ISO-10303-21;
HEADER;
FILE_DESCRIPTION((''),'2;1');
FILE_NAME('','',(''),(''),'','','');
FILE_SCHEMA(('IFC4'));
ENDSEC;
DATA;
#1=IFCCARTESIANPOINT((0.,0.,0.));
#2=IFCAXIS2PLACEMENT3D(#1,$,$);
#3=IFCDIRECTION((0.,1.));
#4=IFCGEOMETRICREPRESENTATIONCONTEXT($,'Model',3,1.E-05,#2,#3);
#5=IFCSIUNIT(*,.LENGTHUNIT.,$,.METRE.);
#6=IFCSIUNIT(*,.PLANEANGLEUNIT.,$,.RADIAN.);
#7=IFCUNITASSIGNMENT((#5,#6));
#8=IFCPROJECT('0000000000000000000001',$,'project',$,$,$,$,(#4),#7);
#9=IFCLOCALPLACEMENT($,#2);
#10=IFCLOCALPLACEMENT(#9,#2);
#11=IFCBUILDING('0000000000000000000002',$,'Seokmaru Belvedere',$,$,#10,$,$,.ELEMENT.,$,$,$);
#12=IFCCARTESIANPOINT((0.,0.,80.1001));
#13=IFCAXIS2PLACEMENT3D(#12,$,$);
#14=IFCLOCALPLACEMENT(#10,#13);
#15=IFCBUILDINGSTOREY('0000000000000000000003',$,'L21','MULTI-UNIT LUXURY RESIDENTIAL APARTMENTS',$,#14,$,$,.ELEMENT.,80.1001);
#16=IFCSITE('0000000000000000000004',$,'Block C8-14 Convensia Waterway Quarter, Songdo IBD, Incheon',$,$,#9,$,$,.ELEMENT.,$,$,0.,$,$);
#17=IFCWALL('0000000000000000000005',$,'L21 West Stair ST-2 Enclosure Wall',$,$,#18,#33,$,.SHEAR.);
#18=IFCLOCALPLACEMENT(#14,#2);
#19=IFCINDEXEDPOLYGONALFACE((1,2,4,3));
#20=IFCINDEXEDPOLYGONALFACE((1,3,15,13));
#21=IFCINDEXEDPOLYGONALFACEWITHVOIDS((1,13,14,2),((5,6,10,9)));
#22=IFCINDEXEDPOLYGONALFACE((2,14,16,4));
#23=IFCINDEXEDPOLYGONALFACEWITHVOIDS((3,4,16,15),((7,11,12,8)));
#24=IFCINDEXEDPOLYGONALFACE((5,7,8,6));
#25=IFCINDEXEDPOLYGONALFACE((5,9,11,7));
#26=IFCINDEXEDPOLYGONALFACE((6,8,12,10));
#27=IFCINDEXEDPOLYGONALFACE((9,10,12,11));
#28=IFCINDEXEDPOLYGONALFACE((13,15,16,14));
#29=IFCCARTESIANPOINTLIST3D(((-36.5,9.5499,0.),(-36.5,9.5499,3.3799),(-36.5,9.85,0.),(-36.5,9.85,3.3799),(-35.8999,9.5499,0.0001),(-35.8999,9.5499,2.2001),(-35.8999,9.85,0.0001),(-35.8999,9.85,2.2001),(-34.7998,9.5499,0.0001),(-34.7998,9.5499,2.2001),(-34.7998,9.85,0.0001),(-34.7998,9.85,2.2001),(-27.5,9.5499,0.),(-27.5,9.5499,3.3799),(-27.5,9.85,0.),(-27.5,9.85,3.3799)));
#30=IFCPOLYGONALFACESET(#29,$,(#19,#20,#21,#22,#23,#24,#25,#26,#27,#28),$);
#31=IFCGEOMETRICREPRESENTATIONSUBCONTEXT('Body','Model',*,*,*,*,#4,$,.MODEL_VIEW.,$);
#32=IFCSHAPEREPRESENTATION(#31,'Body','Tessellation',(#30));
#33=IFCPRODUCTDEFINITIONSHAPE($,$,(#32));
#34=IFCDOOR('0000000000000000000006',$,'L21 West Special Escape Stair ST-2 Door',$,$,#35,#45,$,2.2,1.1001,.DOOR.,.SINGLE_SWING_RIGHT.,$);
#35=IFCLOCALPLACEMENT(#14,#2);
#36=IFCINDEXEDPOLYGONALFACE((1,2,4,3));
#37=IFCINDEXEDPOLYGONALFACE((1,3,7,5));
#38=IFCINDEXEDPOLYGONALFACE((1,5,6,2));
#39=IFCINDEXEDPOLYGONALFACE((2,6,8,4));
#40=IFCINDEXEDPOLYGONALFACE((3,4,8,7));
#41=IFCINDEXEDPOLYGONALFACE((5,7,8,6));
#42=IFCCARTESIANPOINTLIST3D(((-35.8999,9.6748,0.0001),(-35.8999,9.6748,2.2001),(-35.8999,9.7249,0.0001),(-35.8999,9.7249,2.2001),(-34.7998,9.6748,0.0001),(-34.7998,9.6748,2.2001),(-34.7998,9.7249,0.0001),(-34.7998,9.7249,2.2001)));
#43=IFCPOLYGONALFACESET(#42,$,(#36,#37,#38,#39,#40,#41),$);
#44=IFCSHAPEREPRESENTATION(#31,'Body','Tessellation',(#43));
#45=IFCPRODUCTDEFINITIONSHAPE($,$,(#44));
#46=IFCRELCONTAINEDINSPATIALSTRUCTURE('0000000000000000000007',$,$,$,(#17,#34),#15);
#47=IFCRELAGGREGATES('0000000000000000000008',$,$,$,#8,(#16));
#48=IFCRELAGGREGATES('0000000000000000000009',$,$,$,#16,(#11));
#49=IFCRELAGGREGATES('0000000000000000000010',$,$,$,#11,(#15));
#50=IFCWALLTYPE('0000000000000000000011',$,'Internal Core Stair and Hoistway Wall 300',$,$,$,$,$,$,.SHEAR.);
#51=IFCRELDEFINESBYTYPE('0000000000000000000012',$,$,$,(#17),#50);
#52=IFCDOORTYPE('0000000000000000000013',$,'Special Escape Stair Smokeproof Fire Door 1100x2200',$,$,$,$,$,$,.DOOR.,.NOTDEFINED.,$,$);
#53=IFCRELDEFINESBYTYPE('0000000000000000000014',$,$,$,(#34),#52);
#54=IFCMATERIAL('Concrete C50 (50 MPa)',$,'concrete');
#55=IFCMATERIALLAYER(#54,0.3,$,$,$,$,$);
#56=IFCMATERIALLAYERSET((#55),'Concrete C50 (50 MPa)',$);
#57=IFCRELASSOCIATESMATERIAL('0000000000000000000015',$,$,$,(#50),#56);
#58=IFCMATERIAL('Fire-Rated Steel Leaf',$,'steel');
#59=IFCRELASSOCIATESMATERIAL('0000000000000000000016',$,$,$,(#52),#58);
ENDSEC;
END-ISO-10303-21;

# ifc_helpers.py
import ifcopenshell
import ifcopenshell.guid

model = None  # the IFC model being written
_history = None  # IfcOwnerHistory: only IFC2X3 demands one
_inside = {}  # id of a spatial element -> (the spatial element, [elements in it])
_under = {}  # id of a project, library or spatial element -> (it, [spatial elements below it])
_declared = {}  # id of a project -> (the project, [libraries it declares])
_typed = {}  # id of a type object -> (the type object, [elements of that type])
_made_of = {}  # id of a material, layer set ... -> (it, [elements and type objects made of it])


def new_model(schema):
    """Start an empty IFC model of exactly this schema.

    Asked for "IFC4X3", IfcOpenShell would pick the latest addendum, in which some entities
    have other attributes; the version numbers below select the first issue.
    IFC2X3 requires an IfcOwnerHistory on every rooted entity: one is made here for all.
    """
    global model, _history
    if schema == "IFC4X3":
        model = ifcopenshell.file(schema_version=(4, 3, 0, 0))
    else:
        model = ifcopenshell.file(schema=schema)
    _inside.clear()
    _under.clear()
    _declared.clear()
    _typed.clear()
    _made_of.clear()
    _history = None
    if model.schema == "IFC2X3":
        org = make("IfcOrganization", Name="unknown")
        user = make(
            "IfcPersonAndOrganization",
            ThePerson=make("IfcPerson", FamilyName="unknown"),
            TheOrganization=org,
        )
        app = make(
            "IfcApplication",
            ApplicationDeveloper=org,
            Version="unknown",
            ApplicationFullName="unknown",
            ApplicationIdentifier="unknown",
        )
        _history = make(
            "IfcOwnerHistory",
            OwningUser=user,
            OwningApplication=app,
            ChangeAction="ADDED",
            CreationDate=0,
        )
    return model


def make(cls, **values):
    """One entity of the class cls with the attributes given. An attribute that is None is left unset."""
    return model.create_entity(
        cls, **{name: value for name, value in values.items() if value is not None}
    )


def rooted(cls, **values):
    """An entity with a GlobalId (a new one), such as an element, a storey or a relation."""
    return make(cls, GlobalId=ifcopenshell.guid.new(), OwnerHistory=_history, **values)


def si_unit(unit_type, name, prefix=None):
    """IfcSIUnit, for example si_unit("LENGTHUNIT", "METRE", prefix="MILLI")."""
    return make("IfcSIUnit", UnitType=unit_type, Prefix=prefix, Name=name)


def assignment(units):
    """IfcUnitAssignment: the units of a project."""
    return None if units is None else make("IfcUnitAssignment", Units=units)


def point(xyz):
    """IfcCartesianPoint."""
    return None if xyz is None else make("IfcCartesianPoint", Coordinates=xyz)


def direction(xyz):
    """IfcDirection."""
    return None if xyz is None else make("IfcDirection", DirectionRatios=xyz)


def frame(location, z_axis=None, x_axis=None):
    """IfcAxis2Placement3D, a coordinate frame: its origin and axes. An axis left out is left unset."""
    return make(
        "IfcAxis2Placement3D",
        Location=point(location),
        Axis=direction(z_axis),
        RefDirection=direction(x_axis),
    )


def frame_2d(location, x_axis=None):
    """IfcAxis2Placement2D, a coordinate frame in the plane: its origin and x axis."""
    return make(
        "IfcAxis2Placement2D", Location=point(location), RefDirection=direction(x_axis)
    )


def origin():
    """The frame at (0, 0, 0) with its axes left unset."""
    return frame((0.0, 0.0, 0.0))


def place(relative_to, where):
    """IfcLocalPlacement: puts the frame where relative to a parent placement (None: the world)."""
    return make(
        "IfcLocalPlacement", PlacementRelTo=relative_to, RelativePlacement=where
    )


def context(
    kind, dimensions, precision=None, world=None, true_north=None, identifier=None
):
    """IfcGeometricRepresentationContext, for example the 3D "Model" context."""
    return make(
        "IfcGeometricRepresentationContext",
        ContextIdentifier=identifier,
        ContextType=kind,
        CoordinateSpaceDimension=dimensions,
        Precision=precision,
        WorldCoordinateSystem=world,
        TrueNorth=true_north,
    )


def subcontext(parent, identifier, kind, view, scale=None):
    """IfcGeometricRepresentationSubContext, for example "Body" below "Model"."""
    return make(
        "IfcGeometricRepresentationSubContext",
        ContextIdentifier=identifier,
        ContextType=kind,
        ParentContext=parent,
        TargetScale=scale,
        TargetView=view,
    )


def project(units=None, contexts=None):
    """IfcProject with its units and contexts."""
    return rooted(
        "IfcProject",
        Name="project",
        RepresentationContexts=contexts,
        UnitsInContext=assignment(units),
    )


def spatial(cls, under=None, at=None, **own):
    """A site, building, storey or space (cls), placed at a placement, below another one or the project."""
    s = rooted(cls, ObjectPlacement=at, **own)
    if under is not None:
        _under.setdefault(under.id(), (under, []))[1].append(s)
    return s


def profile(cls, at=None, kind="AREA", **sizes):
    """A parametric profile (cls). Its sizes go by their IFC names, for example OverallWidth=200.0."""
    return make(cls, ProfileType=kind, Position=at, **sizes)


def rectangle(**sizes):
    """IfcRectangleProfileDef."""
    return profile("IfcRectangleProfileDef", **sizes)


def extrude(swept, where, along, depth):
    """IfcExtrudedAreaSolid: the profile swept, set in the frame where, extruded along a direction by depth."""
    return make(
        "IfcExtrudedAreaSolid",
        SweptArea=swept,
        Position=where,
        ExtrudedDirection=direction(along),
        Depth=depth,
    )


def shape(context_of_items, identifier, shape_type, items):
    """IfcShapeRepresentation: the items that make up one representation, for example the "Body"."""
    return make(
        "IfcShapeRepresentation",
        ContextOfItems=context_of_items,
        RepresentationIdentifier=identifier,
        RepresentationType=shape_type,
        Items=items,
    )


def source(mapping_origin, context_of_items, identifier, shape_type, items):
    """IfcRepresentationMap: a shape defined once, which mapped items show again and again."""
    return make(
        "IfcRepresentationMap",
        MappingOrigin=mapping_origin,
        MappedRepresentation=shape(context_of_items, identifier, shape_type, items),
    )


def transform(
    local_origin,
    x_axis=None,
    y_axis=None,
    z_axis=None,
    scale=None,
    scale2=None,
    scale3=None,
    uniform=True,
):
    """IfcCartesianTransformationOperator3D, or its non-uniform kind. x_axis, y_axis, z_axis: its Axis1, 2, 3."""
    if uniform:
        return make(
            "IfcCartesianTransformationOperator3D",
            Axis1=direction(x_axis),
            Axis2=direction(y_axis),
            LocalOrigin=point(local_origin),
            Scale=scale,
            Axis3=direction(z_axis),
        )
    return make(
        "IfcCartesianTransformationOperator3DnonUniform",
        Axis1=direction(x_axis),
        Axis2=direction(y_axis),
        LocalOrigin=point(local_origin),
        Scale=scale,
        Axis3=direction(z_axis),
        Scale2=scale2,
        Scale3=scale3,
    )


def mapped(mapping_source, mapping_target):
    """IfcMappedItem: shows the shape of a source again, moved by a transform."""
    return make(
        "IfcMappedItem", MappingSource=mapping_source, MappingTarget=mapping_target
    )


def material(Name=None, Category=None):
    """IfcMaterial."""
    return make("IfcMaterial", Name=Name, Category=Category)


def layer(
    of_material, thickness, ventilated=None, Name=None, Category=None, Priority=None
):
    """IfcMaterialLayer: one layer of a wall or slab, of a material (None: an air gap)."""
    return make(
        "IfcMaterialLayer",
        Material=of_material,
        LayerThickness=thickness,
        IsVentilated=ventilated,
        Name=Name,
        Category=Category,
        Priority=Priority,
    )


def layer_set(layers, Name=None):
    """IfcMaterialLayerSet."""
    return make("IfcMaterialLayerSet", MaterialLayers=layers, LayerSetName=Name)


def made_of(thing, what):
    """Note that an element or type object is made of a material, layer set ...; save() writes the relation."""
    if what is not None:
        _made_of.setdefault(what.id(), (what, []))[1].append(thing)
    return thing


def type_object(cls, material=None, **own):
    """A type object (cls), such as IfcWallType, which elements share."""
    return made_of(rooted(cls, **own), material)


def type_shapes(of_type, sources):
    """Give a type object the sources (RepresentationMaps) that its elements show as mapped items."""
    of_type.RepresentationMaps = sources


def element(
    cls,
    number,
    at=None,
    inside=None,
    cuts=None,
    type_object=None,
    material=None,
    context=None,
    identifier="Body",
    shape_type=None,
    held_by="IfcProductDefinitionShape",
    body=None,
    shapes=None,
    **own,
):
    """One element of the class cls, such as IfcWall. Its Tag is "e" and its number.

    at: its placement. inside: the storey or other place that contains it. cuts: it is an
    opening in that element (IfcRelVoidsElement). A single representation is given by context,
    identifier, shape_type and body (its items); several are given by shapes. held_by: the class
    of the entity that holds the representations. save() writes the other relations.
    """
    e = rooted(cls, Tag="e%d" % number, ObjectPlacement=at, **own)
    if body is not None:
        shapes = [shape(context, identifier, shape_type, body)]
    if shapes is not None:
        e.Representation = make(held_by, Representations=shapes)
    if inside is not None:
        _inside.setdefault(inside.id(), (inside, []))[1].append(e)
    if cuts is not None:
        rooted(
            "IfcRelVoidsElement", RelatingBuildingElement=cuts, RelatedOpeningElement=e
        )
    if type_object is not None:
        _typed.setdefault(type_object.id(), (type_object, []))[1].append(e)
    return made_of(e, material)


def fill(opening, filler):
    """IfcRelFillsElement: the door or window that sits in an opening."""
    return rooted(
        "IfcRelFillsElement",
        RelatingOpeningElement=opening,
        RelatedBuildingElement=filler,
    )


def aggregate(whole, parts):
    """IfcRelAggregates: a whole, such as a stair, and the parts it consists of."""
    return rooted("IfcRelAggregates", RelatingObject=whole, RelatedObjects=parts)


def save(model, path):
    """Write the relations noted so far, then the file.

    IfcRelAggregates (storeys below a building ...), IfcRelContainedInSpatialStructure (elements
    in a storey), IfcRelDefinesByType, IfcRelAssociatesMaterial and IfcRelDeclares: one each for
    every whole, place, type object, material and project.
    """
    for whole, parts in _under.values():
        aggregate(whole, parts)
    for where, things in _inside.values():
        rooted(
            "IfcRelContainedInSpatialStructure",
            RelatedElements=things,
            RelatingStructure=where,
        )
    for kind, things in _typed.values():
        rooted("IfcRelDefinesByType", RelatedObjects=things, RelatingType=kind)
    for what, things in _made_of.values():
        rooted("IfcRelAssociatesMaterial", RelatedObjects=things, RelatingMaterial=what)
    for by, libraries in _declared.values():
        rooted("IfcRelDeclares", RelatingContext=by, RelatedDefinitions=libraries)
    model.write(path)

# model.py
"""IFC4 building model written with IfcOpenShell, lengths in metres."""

from ifc_helpers import new_model, si_unit, direction, frame, frame_2d, origin, place, context, subcontext, project, spatial, rectangle, extrude, source, transform, mapped, material, layer, layer_set, type_object, type_shapes, element, fill, save


model = new_model("IFC4")

# Units and contexts
model_context = context("Model", 3, precision=1e-05, world=origin(), true_north=direction((0.0, 1.0)))
body_context = subcontext(model_context, "Body", "Model", "MODEL_VIEW")
ifc_project = project(units=[si_unit("LENGTHUNIT", "METRE"), si_unit("PLANEANGLEUNIT", "RADIAN")], contexts=[model_context])

# Site, building, storey
site_placement = place(None, origin())
site = spatial("IfcSite", under=ifc_project, at=site_placement, Name="Block C8-14 Convensia Waterway Quarter, Songdo IBD, Incheon", CompositionType="ELEMENT", RefElevation=0.0)
building_placement = place(site_placement, origin())
building = spatial("IfcBuilding", under=site, at=building_placement, Name="Seokmaru Belvedere", CompositionType="ELEMENT")
storey_placement = place(building_placement, frame((0.0, 0.0, 80.1001)))
storey = spatial("IfcBuildingStorey", under=building, at=storey_placement, Name="L21", Description="MULTI-UNIT LUXURY RESIDENTIAL APARTMENTS", CompositionType="ELEMENT", Elevation=80.1001)

# Shared definitions
ifc_material_1 = material(Name="Fire-Rated Steel Leaf", Category="steel")

# Shared definitions
ifc_material_2 = material(Name="Concrete C50 (50 MPa)", Category="concrete")

# Wall, opening, door
ifc_layer_1 = layer(ifc_material_2, 0.3)
ifc_layer_set_1 = layer_set([ifc_layer_1], Name="Concrete C50 (50 MPa)")
wall_type_1 = type_object("IfcWallType", Name="Internal Core Stair and Hoistway Wall 300", PredefinedType="SHEAR", material=ifc_layer_set_1)
wall_1_placement = place(storey_placement, frame((-36.5, 9.7, 0.0), z_axis=(0.0, 0.0, 1.0), x_axis=(1.0, 0.0, 0.0)))
wall_1 = element("IfcWall", 1, at=wall_1_placement, inside=storey, type_object=wall_type_1, Name="L21 West Stair ST-2 Enclosure Wall", PredefinedType="SHEAR", context=body_context, shape_type="SweptSolid", body=[
    extrude(rectangle(XDim=9.0, YDim=0.3, at=frame_2d((4.5, 0.0))), origin(), (0.0, 0.0, 1.0), 3.3799),
])
opening_1_placement = place(wall_1_placement, frame((0.6001, 0.0, 0.0)))
opening_1 = element("IfcOpeningElement", 2, at=opening_1_placement, cuts=wall_1, PredefinedType="OPENING", context=body_context, shape_type="SweptSolid", body=[
    extrude(rectangle(XDim=1.1001, YDim=2.2, at=frame_2d((0.55, 1.1001))), frame((0.0, 0.1602, 0.0), z_axis=(0.0, -1.0, 0.0), x_axis=(1.0, 0.0, 0.0)), (0.0, 0.0, 1.0), 0.3201),
])
door_type_1 = type_object("IfcDoorType", Name="Special Escape Stair Smokeproof Fire Door 1100x2200", OperationType="NOTDEFINED", PredefinedType="DOOR", material=ifc_material_1)
shared_shape_1 = source(origin(), body_context, "Body", "SweptSolid", [
    extrude(rectangle(XDim=1.1001, YDim=2.2, at=frame_2d((0.55, 1.1001))), frame((0.0, 0.0249, 0.0), z_axis=(0.0, -1.0, 0.0), x_axis=(1.0, 0.0, 0.0)), (0.0, 0.0, 1.0), 0.05),
])
type_shapes(door_type_1, [shared_shape_1])
door_1_placement = place(opening_1_placement, origin())
door_1 = element("IfcDoor", 3, at=door_1_placement, inside=storey, type_object=door_type_1, Name="L21 West Special Escape Stair ST-2 Door", OperationType="SINGLE_SWING_RIGHT", OverallHeight=2.2, OverallWidth=1.1001, PredefinedType="DOOR", context=body_context, shape_type="MappedRepresentation", body=[
    mapped(shared_shape_1, transform((0.0, 0.0, 0.0), scale=1.0)),
])
fill(opening_1, door_1)

save(model, "model.ifc")
